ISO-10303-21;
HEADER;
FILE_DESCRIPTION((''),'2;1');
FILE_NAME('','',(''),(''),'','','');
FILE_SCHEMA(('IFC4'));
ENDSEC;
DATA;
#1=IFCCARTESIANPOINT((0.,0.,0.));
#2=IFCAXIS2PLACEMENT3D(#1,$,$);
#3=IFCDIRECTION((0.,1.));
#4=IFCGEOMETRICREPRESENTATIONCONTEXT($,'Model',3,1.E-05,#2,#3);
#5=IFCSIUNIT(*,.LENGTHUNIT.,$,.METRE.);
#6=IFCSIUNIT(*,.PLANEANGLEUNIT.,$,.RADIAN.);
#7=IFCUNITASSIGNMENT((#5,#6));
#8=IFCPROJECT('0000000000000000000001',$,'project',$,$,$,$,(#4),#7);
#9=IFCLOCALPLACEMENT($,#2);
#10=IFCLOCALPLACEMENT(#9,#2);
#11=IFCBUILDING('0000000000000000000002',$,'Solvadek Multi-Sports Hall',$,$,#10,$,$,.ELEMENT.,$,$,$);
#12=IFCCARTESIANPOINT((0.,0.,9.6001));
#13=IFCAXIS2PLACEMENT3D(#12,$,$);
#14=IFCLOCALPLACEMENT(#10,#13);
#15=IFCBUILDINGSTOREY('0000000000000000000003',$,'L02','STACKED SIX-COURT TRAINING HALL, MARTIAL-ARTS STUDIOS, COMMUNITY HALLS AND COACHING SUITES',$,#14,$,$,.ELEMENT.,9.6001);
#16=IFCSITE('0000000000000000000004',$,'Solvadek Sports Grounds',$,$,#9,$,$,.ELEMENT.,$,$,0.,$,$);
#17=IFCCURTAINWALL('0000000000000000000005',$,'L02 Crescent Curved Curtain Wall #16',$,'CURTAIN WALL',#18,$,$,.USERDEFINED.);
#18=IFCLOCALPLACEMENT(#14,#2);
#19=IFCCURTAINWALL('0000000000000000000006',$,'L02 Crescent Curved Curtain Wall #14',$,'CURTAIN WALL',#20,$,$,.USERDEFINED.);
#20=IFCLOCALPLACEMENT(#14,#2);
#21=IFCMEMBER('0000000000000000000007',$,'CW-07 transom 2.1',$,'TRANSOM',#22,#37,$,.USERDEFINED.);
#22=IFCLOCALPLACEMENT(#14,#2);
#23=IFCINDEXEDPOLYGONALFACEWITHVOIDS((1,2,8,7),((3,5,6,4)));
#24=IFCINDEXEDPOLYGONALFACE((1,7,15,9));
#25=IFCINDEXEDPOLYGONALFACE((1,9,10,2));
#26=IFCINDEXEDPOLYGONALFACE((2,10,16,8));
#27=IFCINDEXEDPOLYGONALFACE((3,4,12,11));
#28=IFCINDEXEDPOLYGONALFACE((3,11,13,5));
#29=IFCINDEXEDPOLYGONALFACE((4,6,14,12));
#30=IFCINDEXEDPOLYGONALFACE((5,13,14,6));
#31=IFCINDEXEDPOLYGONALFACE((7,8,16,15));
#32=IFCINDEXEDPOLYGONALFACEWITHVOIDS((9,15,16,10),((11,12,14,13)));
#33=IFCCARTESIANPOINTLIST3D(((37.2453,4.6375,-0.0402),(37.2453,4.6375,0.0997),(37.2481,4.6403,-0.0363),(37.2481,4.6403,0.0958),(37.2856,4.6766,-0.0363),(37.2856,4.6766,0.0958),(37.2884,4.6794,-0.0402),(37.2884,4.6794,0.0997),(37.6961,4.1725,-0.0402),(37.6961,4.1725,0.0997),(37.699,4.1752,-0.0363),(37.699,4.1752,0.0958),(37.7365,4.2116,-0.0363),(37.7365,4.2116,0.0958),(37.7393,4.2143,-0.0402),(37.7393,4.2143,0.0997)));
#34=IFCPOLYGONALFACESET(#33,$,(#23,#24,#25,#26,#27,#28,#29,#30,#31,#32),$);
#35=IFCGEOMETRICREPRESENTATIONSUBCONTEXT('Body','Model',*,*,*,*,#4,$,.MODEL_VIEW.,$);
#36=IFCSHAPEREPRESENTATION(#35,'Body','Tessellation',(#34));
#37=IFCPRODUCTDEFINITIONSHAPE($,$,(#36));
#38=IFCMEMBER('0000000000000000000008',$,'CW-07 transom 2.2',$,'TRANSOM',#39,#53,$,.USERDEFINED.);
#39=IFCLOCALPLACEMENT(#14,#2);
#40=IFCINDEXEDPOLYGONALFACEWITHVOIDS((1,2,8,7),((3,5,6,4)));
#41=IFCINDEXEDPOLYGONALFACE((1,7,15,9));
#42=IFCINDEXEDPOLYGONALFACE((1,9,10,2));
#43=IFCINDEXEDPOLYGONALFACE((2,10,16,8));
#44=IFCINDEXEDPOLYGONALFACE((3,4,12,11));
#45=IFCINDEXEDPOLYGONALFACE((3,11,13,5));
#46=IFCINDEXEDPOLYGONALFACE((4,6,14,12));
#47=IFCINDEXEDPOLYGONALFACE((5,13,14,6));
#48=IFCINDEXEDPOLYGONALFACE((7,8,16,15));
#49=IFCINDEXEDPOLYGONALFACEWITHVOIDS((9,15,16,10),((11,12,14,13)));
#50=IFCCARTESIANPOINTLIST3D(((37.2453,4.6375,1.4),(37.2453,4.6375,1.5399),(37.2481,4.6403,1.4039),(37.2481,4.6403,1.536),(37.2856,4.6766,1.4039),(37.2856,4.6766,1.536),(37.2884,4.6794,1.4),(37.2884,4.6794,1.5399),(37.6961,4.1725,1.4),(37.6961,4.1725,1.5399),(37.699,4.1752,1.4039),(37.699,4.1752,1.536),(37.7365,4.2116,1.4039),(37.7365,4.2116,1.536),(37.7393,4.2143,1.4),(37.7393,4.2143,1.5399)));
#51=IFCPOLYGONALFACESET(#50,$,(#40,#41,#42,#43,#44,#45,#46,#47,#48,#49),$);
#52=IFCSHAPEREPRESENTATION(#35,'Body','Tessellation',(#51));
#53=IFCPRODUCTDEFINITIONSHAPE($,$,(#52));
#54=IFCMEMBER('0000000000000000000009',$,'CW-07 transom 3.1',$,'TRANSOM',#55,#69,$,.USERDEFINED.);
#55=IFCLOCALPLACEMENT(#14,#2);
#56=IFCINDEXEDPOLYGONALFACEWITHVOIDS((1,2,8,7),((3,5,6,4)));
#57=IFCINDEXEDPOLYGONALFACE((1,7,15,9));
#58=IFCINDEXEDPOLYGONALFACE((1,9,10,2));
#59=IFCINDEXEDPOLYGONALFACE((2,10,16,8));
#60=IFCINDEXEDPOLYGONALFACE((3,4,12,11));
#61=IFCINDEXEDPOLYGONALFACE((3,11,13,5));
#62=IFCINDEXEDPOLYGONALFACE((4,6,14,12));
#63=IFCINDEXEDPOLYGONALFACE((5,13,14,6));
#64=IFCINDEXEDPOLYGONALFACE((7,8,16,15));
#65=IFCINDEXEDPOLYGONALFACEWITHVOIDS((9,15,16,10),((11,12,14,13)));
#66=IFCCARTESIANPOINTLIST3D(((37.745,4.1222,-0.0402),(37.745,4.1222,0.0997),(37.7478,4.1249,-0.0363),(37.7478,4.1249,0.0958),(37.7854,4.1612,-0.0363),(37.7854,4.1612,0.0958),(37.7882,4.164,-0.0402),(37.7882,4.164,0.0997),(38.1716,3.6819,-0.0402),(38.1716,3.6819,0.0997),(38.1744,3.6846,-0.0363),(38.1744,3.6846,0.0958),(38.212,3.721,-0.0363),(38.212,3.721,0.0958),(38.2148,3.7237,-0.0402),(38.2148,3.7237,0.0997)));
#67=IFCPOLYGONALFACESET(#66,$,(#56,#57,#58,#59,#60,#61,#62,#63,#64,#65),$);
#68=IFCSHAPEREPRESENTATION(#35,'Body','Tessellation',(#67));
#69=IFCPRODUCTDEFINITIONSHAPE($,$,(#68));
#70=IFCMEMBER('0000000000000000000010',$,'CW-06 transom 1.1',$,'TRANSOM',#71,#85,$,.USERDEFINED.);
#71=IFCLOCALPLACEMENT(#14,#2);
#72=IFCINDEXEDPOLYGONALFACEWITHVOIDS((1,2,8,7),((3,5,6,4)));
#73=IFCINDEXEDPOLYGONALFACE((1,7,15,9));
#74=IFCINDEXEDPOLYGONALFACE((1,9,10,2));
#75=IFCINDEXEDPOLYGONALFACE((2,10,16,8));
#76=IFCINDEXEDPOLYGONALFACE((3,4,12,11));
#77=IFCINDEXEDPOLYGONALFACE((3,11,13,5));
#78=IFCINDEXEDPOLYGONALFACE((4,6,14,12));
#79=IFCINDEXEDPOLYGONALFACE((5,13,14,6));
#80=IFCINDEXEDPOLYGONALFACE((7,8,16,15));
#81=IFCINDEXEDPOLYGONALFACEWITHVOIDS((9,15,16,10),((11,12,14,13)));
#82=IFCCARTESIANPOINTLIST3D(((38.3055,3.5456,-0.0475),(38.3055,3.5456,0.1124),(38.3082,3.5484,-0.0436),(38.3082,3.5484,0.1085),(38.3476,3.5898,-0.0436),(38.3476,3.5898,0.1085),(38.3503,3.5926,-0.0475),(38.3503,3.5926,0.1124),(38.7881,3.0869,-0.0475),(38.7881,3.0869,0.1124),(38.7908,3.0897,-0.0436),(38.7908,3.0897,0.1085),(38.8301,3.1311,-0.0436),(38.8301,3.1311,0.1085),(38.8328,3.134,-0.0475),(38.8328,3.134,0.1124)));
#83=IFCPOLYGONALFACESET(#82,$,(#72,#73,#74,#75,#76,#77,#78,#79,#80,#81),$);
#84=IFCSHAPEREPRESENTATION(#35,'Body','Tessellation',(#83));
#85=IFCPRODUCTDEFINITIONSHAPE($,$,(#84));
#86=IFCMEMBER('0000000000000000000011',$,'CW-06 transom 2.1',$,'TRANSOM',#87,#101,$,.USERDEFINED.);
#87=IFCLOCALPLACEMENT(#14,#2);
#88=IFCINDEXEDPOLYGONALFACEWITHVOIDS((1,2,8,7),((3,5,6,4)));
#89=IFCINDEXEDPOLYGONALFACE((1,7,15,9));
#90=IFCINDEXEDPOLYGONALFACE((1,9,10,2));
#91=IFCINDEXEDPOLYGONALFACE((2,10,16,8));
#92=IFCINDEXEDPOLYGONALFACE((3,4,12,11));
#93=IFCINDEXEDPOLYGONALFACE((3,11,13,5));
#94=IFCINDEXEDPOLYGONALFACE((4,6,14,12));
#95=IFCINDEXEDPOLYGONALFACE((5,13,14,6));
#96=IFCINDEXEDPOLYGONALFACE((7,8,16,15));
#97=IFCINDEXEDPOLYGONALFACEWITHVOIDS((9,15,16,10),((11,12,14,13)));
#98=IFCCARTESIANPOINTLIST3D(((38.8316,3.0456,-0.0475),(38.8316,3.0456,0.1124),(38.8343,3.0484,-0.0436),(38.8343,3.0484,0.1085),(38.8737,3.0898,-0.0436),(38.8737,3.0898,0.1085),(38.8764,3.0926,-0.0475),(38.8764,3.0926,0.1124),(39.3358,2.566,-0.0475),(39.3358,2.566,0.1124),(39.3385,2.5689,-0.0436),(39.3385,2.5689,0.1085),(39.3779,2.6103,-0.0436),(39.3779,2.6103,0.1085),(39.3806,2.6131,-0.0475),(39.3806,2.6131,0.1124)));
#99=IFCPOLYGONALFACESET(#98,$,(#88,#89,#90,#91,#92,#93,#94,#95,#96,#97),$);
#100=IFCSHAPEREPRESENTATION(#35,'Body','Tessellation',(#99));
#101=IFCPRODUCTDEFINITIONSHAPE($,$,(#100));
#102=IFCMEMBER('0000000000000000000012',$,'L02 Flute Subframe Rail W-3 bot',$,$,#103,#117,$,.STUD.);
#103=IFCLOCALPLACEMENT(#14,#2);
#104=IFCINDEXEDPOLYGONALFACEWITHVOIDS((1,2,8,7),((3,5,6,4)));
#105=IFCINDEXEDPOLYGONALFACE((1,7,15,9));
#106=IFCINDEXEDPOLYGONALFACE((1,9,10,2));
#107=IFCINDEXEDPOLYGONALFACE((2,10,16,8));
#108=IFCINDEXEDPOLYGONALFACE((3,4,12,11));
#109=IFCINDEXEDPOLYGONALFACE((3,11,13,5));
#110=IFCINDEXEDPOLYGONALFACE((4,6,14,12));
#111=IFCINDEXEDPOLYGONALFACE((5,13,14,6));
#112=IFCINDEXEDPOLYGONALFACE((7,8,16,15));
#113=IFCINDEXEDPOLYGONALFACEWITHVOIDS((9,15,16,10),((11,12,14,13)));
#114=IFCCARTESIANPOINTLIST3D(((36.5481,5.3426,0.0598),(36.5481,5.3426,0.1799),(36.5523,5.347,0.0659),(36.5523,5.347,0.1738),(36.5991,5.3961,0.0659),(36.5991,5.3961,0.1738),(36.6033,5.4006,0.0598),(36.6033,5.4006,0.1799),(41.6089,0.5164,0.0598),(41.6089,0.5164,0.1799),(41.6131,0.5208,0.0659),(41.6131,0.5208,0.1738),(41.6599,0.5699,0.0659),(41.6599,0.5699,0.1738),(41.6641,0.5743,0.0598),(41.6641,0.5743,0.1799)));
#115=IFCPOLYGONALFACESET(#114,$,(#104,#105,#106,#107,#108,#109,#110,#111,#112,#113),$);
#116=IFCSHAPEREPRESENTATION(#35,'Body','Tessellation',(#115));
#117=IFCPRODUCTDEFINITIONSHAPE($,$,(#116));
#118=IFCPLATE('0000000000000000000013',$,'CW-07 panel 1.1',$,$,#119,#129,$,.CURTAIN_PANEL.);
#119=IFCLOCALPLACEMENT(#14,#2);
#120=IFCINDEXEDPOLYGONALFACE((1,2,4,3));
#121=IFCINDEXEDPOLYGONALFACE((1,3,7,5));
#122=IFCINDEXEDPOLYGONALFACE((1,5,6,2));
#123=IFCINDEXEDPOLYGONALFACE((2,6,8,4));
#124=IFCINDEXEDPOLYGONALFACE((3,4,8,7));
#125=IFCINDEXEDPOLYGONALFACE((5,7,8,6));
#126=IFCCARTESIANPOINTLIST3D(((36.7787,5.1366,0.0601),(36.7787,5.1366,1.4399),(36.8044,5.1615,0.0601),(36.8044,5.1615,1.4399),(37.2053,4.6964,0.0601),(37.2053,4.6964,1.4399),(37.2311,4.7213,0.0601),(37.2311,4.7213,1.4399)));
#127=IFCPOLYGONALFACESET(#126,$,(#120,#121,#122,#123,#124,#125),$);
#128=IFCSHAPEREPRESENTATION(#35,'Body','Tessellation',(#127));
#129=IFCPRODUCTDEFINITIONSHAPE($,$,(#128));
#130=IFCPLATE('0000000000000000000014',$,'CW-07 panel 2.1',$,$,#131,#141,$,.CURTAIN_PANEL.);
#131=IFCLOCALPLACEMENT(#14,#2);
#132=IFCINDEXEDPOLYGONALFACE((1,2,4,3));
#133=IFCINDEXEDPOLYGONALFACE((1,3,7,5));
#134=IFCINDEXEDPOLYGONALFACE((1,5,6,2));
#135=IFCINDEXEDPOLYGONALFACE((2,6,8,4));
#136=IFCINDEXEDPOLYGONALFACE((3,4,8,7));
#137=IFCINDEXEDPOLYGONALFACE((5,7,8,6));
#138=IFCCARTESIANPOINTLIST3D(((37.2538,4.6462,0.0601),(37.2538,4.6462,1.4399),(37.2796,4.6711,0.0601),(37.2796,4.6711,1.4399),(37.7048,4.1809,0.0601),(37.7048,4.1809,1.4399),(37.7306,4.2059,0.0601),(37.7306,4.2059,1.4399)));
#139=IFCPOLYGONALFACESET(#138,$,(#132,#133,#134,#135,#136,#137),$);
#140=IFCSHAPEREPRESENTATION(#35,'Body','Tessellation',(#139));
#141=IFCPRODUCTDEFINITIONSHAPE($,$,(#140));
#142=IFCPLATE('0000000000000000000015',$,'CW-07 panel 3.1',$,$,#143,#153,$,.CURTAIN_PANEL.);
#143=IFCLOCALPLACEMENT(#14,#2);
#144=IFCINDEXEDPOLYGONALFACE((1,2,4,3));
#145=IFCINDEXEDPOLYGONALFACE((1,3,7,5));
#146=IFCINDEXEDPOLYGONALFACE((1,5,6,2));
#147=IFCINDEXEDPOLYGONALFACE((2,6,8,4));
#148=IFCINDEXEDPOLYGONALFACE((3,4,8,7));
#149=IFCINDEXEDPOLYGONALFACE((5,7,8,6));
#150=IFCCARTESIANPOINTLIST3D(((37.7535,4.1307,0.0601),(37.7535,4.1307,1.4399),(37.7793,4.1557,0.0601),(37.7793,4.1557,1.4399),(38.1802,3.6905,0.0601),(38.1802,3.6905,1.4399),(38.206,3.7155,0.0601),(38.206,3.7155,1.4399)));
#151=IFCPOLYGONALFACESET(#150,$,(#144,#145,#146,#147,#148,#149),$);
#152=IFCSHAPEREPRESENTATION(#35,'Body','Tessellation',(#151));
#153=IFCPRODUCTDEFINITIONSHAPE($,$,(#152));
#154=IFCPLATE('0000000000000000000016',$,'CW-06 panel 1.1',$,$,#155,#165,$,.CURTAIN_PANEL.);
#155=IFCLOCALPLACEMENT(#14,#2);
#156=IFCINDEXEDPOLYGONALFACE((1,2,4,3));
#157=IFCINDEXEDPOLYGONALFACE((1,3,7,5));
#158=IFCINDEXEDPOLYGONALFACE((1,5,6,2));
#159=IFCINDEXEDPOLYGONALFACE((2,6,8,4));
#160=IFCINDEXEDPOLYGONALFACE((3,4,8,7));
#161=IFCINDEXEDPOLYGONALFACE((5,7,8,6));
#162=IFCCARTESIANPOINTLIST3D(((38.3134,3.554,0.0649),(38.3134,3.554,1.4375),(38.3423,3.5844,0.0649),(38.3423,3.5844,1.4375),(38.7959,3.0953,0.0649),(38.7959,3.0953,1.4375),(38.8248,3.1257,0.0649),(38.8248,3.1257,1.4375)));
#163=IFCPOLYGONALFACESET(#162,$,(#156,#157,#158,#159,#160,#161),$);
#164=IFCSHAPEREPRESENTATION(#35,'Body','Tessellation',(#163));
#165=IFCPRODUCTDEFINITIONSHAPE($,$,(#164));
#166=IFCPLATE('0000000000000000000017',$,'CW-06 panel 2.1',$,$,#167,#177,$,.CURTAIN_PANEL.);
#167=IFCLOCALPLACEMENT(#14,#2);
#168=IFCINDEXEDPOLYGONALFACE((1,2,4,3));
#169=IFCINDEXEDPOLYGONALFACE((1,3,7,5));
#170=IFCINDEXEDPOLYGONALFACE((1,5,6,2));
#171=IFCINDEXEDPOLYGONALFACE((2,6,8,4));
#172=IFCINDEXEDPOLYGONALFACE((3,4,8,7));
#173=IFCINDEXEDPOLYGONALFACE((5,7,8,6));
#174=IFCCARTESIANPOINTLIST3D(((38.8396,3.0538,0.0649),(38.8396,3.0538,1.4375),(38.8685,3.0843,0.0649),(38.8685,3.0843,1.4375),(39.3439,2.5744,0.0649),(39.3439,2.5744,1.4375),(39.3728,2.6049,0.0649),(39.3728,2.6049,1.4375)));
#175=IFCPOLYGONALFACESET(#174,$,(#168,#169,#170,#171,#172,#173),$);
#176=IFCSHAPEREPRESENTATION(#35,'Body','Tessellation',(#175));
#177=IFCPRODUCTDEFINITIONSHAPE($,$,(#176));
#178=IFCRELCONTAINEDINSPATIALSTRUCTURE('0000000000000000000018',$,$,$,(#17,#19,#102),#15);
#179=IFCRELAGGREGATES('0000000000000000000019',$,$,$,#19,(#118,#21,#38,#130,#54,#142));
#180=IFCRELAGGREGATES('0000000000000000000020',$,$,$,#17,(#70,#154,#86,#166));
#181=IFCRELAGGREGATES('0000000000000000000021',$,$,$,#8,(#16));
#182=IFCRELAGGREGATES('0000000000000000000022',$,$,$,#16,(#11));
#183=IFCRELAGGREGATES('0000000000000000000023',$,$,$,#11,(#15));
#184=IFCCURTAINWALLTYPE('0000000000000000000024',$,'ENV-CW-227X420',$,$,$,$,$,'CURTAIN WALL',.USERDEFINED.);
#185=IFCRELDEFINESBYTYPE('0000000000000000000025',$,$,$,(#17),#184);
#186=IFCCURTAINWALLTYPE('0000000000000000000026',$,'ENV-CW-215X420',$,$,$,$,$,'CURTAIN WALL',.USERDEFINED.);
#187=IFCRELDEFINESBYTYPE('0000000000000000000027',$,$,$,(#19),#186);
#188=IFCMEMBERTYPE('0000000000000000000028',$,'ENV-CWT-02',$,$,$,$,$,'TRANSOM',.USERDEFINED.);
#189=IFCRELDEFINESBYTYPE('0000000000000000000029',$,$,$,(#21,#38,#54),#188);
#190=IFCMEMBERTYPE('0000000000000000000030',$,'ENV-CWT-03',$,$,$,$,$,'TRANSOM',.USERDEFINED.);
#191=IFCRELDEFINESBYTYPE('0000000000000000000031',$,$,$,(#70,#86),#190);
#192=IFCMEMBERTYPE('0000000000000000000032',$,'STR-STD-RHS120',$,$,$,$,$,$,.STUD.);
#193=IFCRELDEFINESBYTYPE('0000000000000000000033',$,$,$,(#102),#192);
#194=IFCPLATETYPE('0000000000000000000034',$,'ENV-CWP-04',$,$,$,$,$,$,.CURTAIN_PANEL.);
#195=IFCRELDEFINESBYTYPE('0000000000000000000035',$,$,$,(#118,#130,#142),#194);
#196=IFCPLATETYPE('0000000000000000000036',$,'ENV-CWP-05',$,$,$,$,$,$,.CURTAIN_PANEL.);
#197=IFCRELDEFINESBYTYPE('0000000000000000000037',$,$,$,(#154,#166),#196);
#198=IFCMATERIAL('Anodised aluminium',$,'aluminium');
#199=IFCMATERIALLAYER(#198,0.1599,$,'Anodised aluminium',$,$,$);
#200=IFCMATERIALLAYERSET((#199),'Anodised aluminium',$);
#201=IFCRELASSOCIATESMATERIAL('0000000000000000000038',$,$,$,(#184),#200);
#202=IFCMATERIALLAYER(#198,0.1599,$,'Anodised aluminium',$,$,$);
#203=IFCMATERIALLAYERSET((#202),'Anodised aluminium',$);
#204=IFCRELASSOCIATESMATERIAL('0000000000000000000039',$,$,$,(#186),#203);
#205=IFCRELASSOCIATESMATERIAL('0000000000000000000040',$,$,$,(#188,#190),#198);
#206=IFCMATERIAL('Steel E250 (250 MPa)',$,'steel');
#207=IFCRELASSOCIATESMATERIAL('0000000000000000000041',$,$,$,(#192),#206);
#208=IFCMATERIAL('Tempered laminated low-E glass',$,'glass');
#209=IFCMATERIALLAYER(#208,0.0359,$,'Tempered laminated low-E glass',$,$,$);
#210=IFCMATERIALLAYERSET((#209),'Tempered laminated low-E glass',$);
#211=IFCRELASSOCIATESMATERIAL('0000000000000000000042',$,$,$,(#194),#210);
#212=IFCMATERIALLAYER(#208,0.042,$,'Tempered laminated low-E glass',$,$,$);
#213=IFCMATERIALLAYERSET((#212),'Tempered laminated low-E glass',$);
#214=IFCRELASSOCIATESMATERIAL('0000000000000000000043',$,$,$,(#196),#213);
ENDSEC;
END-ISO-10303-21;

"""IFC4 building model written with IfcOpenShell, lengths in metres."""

from ifc_helpers import new_model, si_unit, direction, frame, origin, origin_2d, place, context, subcontext, project, spatial, rectangle, hollow_rectangle, extrude, material, layer, layer_set, material_profile, profile_set, type_object, element, aggregate, save


model = new_model("IFC4")

# Units and contexts
model_context = context("Model", 3, precision=1e-05, world=origin(), true_north=direction((0.0, 1.0)))
body_context = subcontext(model_context, "Body", "Model", "MODEL_VIEW")
ifc_project = project(units=[si_unit("LENGTHUNIT", "METRE"), si_unit("PLANEANGLEUNIT", "RADIAN")], contexts=[model_context])

# Site, building, storey
site_placement = place(None, origin())
site = spatial("IfcSite", under=ifc_project, at=site_placement, Name="Solvadek Sports Grounds", CompositionType="ELEMENT", RefElevation=0.0)
building_placement = place(site_placement, origin())
building = spatial("IfcBuilding", under=site, at=building_placement, Name="Solvadek Multi-Sports Hall", CompositionType="ELEMENT")
storey_placement = place(building_placement, frame((0.0, 0.0, 9.6001)))
storey = spatial("IfcBuildingStorey", under=building, at=storey_placement, Name="L02", Description="STACKED SIX-COURT TRAINING HALL, MARTIAL-ARTS STUDIOS, COMMUNITY HALLS AND COACHING SUITES", CompositionType="ELEMENT", Elevation=9.6001)

# Curtain walls, members
ifc_material_1 = material(Name="Anodised aluminium", Category="aluminium")
ifc_layer_1 = layer(ifc_material_1, 0.1599, Name="Anodised aluminium")
ifc_layer_set_1 = layer_set([ifc_layer_1], Name="Anodised aluminium")
curtain_wall_type_1 = type_object("IfcCurtainWallType", Name="ENV-CW-227X420", ElementType="CURTAIN WALL", PredefinedType="USERDEFINED", material=ifc_layer_set_1)
curtain_wall_1_placement = place(storey_placement, origin())
curtain_wall_1 = element("IfcCurtainWall", 1, at=curtain_wall_1_placement, inside=storey, type_object=curtain_wall_type_1, Name="L02 Crescent Curved Curtain Wall #16", ObjectType="CURTAIN WALL", PredefinedType="USERDEFINED")
ifc_layer_2 = layer(ifc_material_1, 0.1599, Name="Anodised aluminium")
ifc_layer_set_2 = layer_set([ifc_layer_2], Name="Anodised aluminium")
curtain_wall_type_2 = type_object("IfcCurtainWallType", Name="ENV-CW-215X420", ElementType="CURTAIN WALL", PredefinedType="USERDEFINED", material=ifc_layer_set_2)
curtain_wall_2_placement = place(storey_placement, origin())
curtain_wall_2 = element("IfcCurtainWall", 2, at=curtain_wall_2_placement, inside=storey, type_object=curtain_wall_type_2, Name="L02 Crescent Curved Curtain Wall #14", ObjectType="CURTAIN WALL", PredefinedType="USERDEFINED")
ifc_material_profile_1 = material_profile(ifc_material_1, hollow_rectangle(XDim=0.0601, YDim=0.1399, WallThickness=0.0039, at=origin_2d()), Name="ALU-T 140x60x4")
ifc_profile_set_1 = profile_set([ifc_material_profile_1], Name="Anodised aluminium")
member_type_1 = type_object("IfcMemberType", Name="ENV-CWT-02", ElementType="TRANSOM", PredefinedType="USERDEFINED", material=ifc_profile_set_1)
member_1_placement = place(storey_placement, frame((37.2668, 4.6584, 0.0298), z_axis=(0.696093, -0.717952, 0.0), x_axis=(0.717952, 0.696093, 0.0)))
member_1 = element("IfcMember", 3, at=member_1_placement, type_object=member_type_1, Name="CW-07 transom 2.1", ObjectType="TRANSOM", PredefinedType="USERDEFINED", context=body_context, shape_type="SweptSolid", body=[
    extrude(hollow_rectangle(XDim=0.0601, YDim=0.1399, WallThickness=0.0039, at=origin_2d()), origin(), (0.0, 0.0, 1.0), 0.6477),
])
member_2_placement = place(storey_placement, frame((37.2668, 4.6584, 1.47), z_axis=(0.696093, -0.717952, 0.0), x_axis=(0.717952, 0.696093, 0.0)))
member_2 = element("IfcMember", 4, at=member_2_placement, type_object=member_type_1, Name="CW-07 transom 2.2", ObjectType="TRANSOM", PredefinedType="USERDEFINED", context=body_context, shape_type="SweptSolid", body=[
    extrude(hollow_rectangle(XDim=0.0601, YDim=0.1399, WallThickness=0.0039, at=origin_2d()), origin(), (0.0, 0.0, 1.0), 0.6477),
])
member_3_placement = place(storey_placement, frame((37.7666, 4.1431, 0.0298), z_axis=(0.695866, -0.718172, 0.0), x_axis=(0.718172, 0.695866, 0.0)))
member_3 = element("IfcMember", 5, at=member_3_placement, type_object=member_type_1, Name="CW-07 transom 3.1", ObjectType="TRANSOM", PredefinedType="USERDEFINED", context=body_context, shape_type="SweptSolid", body=[
    extrude(hollow_rectangle(XDim=0.0601, YDim=0.1399, WallThickness=0.0039, at=origin_2d()), origin(), (0.0, 0.0, 1.0), 0.613),
])

# Members
ifc_material_profile_2 = material_profile(ifc_material_1, hollow_rectangle(XDim=0.0649, YDim=0.1599, WallThickness=0.0039, at=origin_2d()), Name="ALU-T 160x65x4")
ifc_profile_set_2 = profile_set([ifc_material_profile_2], Name="Anodised aluminium")
member_type_2 = type_object("IfcMemberType", Name="ENV-CWT-03", ElementType="TRANSOM", PredefinedType="USERDEFINED", material=ifc_profile_set_2)
member_4_placement = place(storey_placement, frame((38.3279, 3.5691, 0.0325), z_axis=(0.724844, -0.688913, 0.0), x_axis=(0.688913, 0.724844, 0.0)))
member_4 = element("IfcMember", 6, at=member_4_placement, type_object=member_type_2, Name="CW-06 transom 1.1", ObjectType="TRANSOM", PredefinedType="USERDEFINED", context=body_context, shape_type="SweptSolid", body=[
    extrude(hollow_rectangle(XDim=0.0649, YDim=0.1599, WallThickness=0.0039, at=origin_2d()), origin(), (0.0, 0.0, 1.0), 0.6658),
])
member_5_placement = place(storey_placement, frame((38.854, 3.0691, 0.0325), z_axis=(0.724605, -0.689164, 0.0), x_axis=(0.689164, 0.724605, 0.0)))
member_5 = element("IfcMember", 7, at=member_5_placement, type_object=member_type_2, Name="CW-06 transom 2.1", ObjectType="TRANSOM", PredefinedType="USERDEFINED", context=body_context, shape_type="SweptSolid", body=[
    extrude(hollow_rectangle(XDim=0.0649, YDim=0.1599, WallThickness=0.0039, at=origin_2d()), origin(), (0.0, 0.0, 1.0), 0.6958),
])
ifc_material_2 = material(Name="Steel E250 (250 MPa)", Category="steel")
ifc_material_profile_3 = material_profile(ifc_material_2, hollow_rectangle(XDim=0.0801, YDim=0.1201, WallThickness=0.0061, at=origin_2d()), Name="RHS 120x80x6")
ifc_profile_set_3 = profile_set([ifc_material_profile_3], Name="Steel E250 (250 MPa)")
member_type_3 = type_object("IfcMemberType", Name="STR-STD-RHS120", PredefinedType="STUD", material=ifc_profile_set_3)
member_6_placement = place(storey_placement, frame((36.5757, 5.3716, 0.1199), z_axis=(0.723683, -0.690133, 0.0), x_axis=(0.690133, 0.723683, 0.0)))
element("IfcMember", 8, at=member_6_placement, inside=storey, type_object=member_type_3, Name="L02 Flute Subframe Rail W-3 bot", PredefinedType="STUD", context=body_context, shape_type="SweptSolid", body=[
    extrude(hollow_rectangle(XDim=0.0801, YDim=0.1201, WallThickness=0.0061, at=origin_2d()), origin(), (0.0, 0.0, 1.0), 6.9932),
])

# Plates
ifc_material_3 = material(Name="Tempered laminated low-E glass", Category="glass")
ifc_layer_3 = layer(ifc_material_3, 0.0359, Name="Tempered laminated low-E glass")
ifc_layer_set_3 = layer_set([ifc_layer_3], Name="Tempered laminated low-E glass")
plate_type_1 = type_object("IfcPlateType", Name="ENV-CWP-04", PredefinedType="CURTAIN_PANEL", material=ifc_layer_set_3)
plate_1_placement = place(storey_placement, frame((37.0049, 4.929, 0.0601), z_axis=(0.0, 0.0, 1.0), x_axis=(0.695994, -0.718048, 0.0)))
plate_1 = element("IfcPlate", 9, at=plate_1_placement, type_object=plate_type_1, Name="CW-07 panel 1.1", PredefinedType="CURTAIN_PANEL", context=body_context, shape_type="SweptSolid", body=[
    extrude(rectangle(XDim=0.613, YDim=0.0359, at=origin_2d()), origin(), (0.0, 0.0, 1.0), 1.3799),
])
plate_2_placement = place(storey_placement, frame((37.4922, 4.426, 0.0601), z_axis=(0.0, 0.0, 1.0), x_axis=(0.695994, -0.718048, 0.0)))
plate_2 = element("IfcPlate", 10, at=plate_2_placement, type_object=plate_type_1, Name="CW-07 panel 2.1", PredefinedType="CURTAIN_PANEL", context=body_context, shape_type="SweptSolid", body=[
    extrude(rectangle(XDim=0.6479, YDim=0.0359, at=origin_2d()), origin(), (0.0, 0.0, 1.0), 1.3799),
])
plate_3_placement = place(storey_placement, frame((37.9797, 3.9231, 0.0601), z_axis=(0.0, 0.0, 1.0), x_axis=(0.695994, -0.718048, 0.0)))
plate_3 = element("IfcPlate", 11, at=plate_3_placement, type_object=plate_type_1, Name="CW-07 panel 3.1", PredefinedType="CURTAIN_PANEL", context=body_context, shape_type="SweptSolid", body=[
    extrude(rectangle(XDim=0.613, YDim=0.0359, at=origin_2d()), origin(), (0.0, 0.0, 1.0), 1.3799),
])
aggregate(curtain_wall_2, [plate_1, member_1, member_2, plate_2, member_3, plate_3])
ifc_layer_4 = layer(ifc_material_3, 0.042, Name="Tempered laminated low-E glass")
ifc_layer_set_4 = layer_set([ifc_layer_4], Name="Tempered laminated low-E glass")
plate_type_2 = type_object("IfcPlateType", Name="ENV-CWP-05", PredefinedType="CURTAIN_PANEL", material=ifc_layer_set_4)
plate_4_placement = place(storey_placement, frame((38.5691, 3.3398, 0.0649), z_axis=(0.0, 0.0, 1.0), x_axis=(0.724764, -0.688997, 0.0)))
plate_4 = element("IfcPlate", 12, at=plate_4_placement, type_object=plate_type_2, Name="CW-06 panel 1.1", PredefinedType="CURTAIN_PANEL", context=body_context, shape_type="SweptSolid", body=[
    extrude(rectangle(XDim=0.6658, YDim=0.042, at=origin_2d()), origin(), (0.0, 0.0, 1.0), 1.3726),
])
plate_5_placement = place(storey_placement, frame((39.1062, 2.8293, 0.0649), z_axis=(0.0, 0.0, 1.0), x_axis=(0.724764, -0.688997, 0.0)))
plate_5 = element("IfcPlate", 13, at=plate_5_placement, type_object=plate_type_2, Name="CW-06 panel 2.1", PredefinedType="CURTAIN_PANEL", context=body_context, shape_type="SweptSolid", body=[
    extrude(rectangle(XDim=0.6958, YDim=0.042, at=origin_2d()), origin(), (0.0, 0.0, 1.0), 1.3726),
])
aggregate(curtain_wall_1, [member_4, plate_4, member_5, plate_5])

save(model, "model.ifc")
